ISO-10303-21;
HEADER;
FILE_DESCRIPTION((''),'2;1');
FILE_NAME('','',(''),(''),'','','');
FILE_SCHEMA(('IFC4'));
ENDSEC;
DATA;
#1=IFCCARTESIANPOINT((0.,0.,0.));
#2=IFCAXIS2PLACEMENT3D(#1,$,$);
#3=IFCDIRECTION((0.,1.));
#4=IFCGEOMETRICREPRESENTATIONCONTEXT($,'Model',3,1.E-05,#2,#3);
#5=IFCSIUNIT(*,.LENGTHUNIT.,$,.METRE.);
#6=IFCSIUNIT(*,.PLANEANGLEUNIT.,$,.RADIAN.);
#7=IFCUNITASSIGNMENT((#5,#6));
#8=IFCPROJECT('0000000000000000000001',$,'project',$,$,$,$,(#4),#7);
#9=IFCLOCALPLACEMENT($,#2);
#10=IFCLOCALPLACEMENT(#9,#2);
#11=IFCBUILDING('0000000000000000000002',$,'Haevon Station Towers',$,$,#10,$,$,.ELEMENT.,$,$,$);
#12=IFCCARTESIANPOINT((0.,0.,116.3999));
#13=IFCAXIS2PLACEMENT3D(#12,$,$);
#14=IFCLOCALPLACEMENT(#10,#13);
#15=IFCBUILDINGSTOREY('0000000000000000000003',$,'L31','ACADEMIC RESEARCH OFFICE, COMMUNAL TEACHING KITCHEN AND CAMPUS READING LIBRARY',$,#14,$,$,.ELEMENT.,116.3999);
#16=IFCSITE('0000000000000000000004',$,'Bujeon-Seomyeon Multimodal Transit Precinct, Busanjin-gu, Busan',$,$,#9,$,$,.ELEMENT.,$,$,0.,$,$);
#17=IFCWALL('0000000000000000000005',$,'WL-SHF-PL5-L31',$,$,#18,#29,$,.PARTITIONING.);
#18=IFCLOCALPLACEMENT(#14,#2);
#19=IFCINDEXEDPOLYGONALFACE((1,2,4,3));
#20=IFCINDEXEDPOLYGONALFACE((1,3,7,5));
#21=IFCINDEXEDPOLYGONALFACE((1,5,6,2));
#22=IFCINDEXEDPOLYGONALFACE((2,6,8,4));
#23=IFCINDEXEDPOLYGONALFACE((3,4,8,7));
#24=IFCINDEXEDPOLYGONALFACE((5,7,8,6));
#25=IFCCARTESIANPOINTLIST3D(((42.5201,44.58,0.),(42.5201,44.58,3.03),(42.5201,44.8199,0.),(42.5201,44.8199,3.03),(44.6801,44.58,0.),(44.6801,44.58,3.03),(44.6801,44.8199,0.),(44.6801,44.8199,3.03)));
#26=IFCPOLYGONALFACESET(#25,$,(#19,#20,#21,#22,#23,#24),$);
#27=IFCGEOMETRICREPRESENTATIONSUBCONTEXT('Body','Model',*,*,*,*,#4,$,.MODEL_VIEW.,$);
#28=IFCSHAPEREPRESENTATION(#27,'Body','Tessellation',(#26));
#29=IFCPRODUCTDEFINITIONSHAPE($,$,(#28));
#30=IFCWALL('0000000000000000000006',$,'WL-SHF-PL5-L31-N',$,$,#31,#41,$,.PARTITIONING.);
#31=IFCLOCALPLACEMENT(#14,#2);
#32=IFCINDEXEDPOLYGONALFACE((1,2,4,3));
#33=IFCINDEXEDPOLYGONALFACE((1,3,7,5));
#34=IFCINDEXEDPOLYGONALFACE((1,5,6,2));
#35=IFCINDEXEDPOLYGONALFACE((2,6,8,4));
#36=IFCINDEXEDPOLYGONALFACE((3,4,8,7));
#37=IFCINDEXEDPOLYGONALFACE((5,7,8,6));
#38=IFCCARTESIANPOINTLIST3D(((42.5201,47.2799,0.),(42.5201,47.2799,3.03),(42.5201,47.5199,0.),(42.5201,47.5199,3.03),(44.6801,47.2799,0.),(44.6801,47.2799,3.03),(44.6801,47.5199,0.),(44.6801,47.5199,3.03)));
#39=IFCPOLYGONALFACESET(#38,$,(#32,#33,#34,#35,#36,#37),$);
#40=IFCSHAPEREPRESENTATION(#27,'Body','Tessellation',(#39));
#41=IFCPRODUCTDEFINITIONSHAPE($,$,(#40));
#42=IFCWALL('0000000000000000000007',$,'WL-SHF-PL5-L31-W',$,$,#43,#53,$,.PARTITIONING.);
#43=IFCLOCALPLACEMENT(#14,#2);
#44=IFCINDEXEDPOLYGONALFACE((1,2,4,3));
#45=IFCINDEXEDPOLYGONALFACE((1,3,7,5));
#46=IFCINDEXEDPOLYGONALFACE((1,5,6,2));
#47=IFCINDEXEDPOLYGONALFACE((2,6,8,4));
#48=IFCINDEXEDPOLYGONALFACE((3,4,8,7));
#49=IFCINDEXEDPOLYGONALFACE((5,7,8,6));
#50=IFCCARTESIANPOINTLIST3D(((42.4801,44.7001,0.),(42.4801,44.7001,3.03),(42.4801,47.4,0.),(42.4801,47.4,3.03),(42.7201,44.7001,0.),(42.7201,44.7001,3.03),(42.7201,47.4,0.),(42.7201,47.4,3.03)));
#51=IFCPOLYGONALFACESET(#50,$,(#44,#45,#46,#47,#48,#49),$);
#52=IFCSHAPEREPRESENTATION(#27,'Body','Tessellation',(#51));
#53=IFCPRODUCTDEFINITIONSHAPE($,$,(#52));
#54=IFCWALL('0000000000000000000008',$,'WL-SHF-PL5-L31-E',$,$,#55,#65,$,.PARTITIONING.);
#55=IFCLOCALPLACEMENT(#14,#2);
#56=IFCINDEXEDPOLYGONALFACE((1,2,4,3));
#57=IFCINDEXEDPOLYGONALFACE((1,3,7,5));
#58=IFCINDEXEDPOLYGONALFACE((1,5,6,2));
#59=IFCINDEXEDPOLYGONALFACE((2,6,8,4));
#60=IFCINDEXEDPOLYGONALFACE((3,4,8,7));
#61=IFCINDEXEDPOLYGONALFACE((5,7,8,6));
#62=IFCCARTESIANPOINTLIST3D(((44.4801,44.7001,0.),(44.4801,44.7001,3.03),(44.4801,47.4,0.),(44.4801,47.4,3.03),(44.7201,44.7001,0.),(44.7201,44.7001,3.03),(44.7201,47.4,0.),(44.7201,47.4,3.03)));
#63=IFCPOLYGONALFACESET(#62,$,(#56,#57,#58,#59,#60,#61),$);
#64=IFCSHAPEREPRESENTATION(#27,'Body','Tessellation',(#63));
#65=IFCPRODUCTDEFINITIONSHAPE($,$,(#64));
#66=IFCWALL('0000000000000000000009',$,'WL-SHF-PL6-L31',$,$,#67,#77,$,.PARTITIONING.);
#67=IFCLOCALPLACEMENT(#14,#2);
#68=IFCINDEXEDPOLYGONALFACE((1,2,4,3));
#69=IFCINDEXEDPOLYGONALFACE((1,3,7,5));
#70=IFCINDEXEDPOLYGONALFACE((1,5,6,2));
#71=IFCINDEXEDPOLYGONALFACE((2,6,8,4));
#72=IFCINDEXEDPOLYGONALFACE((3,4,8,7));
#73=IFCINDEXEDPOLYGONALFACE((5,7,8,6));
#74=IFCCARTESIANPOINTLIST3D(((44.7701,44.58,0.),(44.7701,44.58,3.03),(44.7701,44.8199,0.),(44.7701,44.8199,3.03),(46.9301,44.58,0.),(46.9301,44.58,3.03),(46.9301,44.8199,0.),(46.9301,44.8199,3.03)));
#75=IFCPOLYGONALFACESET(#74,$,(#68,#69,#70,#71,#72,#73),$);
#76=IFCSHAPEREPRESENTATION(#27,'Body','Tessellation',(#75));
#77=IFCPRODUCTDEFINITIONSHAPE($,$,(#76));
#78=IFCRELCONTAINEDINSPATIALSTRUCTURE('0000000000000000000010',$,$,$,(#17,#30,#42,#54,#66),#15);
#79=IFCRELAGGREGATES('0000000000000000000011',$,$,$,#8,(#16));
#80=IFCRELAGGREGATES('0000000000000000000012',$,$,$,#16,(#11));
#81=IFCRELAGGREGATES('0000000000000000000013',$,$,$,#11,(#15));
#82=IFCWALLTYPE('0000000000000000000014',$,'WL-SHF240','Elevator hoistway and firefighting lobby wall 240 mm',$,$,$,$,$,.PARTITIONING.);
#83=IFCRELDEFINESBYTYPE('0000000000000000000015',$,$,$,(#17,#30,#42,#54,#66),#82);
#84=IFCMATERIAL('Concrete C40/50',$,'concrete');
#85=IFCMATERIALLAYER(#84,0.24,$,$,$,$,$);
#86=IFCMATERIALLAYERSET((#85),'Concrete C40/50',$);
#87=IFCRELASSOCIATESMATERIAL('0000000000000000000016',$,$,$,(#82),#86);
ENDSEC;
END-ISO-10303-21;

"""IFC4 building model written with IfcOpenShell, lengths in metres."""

from ifc_helpers import new_model, si_unit, direction, frame, frame_2d, origin, place, context, subcontext, project, spatial, rectangle, extrude, material, layer, layer_set, type_object, element, save


model = new_model("IFC4")

# Units and contexts
model_context = context("Model", 3, precision=1e-05, world=origin(), true_north=direction((0.0, 1.0)))
body_context = subcontext(model_context, "Body", "Model", "MODEL_VIEW")
ifc_project = project(units=[si_unit("LENGTHUNIT", "METRE"), si_unit("PLANEANGLEUNIT", "RADIAN")], contexts=[model_context])

# Site, building, storey
site_placement = place(None, origin())
site = spatial("IfcSite", under=ifc_project, at=site_placement, Name="Bujeon-Seomyeon Multimodal Transit Precinct, Busanjin-gu, Busan", CompositionType="ELEMENT", RefElevation=0.0)
building_placement = place(site_placement, origin())
building = spatial("IfcBuilding", under=site, at=building_placement, Name="Haevon Station Towers", CompositionType="ELEMENT")
storey_placement = place(building_placement, frame((0.0, 0.0, 116.3999)))
storey = spatial("IfcBuildingStorey", under=building, at=storey_placement, Name="L31", Description="ACADEMIC RESEARCH OFFICE, COMMUNAL TEACHING KITCHEN AND CAMPUS READING LIBRARY", CompositionType="ELEMENT", Elevation=116.3999)

# Shared definitions
ifc_material_1 = material(Name="Concrete C40/50", Category="concrete")
ifc_layer_1 = layer(ifc_material_1, 0.24)
ifc_layer_set_1 = layer_set([ifc_layer_1], Name="Concrete C40/50")
wall_type_1 = type_object("IfcWallType", Name="WL-SHF240", Description="Elevator hoistway and firefighting lobby wall 240 mm", PredefinedType="PARTITIONING", material=ifc_layer_set_1)

# Walls
for number, where, z_axis, x_axis, name in (
    (1, (42.52, 44.7, 0.0), (0.0, 0.0, 1.0), (1.0, 0.0, 0.0), "WL-SHF-PL5-L31"),
    (2, (42.52, 47.3999, 0.0), (0.0, 0.0, 1.0), (1.0, 0.0, 0.0), "WL-SHF-PL5-L31-N"),
):
    element("IfcWall", number, at=place(storey_placement, frame(where, z_axis=z_axis, x_axis=x_axis)), inside=storey, type_object=wall_type_1, Name=name, PredefinedType="PARTITIONING", context=body_context, shape_type="SweptSolid", body=[
        extrude(rectangle(XDim=2.1599, YDim=0.24, at=frame_2d((1.0801, 0.0))), origin(), (0.0, 0.0, 1.0), 3.03),
    ])
for number, where, z_axis, x_axis, name in (
    (3, (42.6001, 44.7, 0.0), (0.0, 0.0, 1.0), (0.0, 1.0, 0.0), "WL-SHF-PL5-L31-W"),
    (4, (44.6001, 44.7, 0.0), (0.0, 0.0, 1.0), (0.0, 1.0, 0.0), "WL-SHF-PL5-L31-E"),
):
    element("IfcWall", number, at=place(storey_placement, frame(where, z_axis=z_axis, x_axis=x_axis)), inside=storey, type_object=wall_type_1, Name=name, PredefinedType="PARTITIONING", context=body_context, shape_type="SweptSolid", body=[
        extrude(rectangle(XDim=2.7, YDim=0.24, at=frame_2d((1.3501, 0.0))), origin(), (0.0, 0.0, 1.0), 3.03),
    ])
wall_1_placement = place(storey_placement, frame((44.77, 44.7, 0.0), z_axis=(0.0, 0.0, 1.0), x_axis=(1.0, 0.0, 0.0)))
element("IfcWall", 5, at=wall_1_placement, inside=storey, type_object=wall_type_1, Name="WL-SHF-PL6-L31", PredefinedType="PARTITIONING", context=body_context, shape_type="SweptSolid", body=[
    extrude(rectangle(XDim=2.1599, YDim=0.24, at=frame_2d((1.0801, 0.0))), origin(), (0.0, 0.0, 1.0), 3.03),
])

save(model, "model.ifc")
